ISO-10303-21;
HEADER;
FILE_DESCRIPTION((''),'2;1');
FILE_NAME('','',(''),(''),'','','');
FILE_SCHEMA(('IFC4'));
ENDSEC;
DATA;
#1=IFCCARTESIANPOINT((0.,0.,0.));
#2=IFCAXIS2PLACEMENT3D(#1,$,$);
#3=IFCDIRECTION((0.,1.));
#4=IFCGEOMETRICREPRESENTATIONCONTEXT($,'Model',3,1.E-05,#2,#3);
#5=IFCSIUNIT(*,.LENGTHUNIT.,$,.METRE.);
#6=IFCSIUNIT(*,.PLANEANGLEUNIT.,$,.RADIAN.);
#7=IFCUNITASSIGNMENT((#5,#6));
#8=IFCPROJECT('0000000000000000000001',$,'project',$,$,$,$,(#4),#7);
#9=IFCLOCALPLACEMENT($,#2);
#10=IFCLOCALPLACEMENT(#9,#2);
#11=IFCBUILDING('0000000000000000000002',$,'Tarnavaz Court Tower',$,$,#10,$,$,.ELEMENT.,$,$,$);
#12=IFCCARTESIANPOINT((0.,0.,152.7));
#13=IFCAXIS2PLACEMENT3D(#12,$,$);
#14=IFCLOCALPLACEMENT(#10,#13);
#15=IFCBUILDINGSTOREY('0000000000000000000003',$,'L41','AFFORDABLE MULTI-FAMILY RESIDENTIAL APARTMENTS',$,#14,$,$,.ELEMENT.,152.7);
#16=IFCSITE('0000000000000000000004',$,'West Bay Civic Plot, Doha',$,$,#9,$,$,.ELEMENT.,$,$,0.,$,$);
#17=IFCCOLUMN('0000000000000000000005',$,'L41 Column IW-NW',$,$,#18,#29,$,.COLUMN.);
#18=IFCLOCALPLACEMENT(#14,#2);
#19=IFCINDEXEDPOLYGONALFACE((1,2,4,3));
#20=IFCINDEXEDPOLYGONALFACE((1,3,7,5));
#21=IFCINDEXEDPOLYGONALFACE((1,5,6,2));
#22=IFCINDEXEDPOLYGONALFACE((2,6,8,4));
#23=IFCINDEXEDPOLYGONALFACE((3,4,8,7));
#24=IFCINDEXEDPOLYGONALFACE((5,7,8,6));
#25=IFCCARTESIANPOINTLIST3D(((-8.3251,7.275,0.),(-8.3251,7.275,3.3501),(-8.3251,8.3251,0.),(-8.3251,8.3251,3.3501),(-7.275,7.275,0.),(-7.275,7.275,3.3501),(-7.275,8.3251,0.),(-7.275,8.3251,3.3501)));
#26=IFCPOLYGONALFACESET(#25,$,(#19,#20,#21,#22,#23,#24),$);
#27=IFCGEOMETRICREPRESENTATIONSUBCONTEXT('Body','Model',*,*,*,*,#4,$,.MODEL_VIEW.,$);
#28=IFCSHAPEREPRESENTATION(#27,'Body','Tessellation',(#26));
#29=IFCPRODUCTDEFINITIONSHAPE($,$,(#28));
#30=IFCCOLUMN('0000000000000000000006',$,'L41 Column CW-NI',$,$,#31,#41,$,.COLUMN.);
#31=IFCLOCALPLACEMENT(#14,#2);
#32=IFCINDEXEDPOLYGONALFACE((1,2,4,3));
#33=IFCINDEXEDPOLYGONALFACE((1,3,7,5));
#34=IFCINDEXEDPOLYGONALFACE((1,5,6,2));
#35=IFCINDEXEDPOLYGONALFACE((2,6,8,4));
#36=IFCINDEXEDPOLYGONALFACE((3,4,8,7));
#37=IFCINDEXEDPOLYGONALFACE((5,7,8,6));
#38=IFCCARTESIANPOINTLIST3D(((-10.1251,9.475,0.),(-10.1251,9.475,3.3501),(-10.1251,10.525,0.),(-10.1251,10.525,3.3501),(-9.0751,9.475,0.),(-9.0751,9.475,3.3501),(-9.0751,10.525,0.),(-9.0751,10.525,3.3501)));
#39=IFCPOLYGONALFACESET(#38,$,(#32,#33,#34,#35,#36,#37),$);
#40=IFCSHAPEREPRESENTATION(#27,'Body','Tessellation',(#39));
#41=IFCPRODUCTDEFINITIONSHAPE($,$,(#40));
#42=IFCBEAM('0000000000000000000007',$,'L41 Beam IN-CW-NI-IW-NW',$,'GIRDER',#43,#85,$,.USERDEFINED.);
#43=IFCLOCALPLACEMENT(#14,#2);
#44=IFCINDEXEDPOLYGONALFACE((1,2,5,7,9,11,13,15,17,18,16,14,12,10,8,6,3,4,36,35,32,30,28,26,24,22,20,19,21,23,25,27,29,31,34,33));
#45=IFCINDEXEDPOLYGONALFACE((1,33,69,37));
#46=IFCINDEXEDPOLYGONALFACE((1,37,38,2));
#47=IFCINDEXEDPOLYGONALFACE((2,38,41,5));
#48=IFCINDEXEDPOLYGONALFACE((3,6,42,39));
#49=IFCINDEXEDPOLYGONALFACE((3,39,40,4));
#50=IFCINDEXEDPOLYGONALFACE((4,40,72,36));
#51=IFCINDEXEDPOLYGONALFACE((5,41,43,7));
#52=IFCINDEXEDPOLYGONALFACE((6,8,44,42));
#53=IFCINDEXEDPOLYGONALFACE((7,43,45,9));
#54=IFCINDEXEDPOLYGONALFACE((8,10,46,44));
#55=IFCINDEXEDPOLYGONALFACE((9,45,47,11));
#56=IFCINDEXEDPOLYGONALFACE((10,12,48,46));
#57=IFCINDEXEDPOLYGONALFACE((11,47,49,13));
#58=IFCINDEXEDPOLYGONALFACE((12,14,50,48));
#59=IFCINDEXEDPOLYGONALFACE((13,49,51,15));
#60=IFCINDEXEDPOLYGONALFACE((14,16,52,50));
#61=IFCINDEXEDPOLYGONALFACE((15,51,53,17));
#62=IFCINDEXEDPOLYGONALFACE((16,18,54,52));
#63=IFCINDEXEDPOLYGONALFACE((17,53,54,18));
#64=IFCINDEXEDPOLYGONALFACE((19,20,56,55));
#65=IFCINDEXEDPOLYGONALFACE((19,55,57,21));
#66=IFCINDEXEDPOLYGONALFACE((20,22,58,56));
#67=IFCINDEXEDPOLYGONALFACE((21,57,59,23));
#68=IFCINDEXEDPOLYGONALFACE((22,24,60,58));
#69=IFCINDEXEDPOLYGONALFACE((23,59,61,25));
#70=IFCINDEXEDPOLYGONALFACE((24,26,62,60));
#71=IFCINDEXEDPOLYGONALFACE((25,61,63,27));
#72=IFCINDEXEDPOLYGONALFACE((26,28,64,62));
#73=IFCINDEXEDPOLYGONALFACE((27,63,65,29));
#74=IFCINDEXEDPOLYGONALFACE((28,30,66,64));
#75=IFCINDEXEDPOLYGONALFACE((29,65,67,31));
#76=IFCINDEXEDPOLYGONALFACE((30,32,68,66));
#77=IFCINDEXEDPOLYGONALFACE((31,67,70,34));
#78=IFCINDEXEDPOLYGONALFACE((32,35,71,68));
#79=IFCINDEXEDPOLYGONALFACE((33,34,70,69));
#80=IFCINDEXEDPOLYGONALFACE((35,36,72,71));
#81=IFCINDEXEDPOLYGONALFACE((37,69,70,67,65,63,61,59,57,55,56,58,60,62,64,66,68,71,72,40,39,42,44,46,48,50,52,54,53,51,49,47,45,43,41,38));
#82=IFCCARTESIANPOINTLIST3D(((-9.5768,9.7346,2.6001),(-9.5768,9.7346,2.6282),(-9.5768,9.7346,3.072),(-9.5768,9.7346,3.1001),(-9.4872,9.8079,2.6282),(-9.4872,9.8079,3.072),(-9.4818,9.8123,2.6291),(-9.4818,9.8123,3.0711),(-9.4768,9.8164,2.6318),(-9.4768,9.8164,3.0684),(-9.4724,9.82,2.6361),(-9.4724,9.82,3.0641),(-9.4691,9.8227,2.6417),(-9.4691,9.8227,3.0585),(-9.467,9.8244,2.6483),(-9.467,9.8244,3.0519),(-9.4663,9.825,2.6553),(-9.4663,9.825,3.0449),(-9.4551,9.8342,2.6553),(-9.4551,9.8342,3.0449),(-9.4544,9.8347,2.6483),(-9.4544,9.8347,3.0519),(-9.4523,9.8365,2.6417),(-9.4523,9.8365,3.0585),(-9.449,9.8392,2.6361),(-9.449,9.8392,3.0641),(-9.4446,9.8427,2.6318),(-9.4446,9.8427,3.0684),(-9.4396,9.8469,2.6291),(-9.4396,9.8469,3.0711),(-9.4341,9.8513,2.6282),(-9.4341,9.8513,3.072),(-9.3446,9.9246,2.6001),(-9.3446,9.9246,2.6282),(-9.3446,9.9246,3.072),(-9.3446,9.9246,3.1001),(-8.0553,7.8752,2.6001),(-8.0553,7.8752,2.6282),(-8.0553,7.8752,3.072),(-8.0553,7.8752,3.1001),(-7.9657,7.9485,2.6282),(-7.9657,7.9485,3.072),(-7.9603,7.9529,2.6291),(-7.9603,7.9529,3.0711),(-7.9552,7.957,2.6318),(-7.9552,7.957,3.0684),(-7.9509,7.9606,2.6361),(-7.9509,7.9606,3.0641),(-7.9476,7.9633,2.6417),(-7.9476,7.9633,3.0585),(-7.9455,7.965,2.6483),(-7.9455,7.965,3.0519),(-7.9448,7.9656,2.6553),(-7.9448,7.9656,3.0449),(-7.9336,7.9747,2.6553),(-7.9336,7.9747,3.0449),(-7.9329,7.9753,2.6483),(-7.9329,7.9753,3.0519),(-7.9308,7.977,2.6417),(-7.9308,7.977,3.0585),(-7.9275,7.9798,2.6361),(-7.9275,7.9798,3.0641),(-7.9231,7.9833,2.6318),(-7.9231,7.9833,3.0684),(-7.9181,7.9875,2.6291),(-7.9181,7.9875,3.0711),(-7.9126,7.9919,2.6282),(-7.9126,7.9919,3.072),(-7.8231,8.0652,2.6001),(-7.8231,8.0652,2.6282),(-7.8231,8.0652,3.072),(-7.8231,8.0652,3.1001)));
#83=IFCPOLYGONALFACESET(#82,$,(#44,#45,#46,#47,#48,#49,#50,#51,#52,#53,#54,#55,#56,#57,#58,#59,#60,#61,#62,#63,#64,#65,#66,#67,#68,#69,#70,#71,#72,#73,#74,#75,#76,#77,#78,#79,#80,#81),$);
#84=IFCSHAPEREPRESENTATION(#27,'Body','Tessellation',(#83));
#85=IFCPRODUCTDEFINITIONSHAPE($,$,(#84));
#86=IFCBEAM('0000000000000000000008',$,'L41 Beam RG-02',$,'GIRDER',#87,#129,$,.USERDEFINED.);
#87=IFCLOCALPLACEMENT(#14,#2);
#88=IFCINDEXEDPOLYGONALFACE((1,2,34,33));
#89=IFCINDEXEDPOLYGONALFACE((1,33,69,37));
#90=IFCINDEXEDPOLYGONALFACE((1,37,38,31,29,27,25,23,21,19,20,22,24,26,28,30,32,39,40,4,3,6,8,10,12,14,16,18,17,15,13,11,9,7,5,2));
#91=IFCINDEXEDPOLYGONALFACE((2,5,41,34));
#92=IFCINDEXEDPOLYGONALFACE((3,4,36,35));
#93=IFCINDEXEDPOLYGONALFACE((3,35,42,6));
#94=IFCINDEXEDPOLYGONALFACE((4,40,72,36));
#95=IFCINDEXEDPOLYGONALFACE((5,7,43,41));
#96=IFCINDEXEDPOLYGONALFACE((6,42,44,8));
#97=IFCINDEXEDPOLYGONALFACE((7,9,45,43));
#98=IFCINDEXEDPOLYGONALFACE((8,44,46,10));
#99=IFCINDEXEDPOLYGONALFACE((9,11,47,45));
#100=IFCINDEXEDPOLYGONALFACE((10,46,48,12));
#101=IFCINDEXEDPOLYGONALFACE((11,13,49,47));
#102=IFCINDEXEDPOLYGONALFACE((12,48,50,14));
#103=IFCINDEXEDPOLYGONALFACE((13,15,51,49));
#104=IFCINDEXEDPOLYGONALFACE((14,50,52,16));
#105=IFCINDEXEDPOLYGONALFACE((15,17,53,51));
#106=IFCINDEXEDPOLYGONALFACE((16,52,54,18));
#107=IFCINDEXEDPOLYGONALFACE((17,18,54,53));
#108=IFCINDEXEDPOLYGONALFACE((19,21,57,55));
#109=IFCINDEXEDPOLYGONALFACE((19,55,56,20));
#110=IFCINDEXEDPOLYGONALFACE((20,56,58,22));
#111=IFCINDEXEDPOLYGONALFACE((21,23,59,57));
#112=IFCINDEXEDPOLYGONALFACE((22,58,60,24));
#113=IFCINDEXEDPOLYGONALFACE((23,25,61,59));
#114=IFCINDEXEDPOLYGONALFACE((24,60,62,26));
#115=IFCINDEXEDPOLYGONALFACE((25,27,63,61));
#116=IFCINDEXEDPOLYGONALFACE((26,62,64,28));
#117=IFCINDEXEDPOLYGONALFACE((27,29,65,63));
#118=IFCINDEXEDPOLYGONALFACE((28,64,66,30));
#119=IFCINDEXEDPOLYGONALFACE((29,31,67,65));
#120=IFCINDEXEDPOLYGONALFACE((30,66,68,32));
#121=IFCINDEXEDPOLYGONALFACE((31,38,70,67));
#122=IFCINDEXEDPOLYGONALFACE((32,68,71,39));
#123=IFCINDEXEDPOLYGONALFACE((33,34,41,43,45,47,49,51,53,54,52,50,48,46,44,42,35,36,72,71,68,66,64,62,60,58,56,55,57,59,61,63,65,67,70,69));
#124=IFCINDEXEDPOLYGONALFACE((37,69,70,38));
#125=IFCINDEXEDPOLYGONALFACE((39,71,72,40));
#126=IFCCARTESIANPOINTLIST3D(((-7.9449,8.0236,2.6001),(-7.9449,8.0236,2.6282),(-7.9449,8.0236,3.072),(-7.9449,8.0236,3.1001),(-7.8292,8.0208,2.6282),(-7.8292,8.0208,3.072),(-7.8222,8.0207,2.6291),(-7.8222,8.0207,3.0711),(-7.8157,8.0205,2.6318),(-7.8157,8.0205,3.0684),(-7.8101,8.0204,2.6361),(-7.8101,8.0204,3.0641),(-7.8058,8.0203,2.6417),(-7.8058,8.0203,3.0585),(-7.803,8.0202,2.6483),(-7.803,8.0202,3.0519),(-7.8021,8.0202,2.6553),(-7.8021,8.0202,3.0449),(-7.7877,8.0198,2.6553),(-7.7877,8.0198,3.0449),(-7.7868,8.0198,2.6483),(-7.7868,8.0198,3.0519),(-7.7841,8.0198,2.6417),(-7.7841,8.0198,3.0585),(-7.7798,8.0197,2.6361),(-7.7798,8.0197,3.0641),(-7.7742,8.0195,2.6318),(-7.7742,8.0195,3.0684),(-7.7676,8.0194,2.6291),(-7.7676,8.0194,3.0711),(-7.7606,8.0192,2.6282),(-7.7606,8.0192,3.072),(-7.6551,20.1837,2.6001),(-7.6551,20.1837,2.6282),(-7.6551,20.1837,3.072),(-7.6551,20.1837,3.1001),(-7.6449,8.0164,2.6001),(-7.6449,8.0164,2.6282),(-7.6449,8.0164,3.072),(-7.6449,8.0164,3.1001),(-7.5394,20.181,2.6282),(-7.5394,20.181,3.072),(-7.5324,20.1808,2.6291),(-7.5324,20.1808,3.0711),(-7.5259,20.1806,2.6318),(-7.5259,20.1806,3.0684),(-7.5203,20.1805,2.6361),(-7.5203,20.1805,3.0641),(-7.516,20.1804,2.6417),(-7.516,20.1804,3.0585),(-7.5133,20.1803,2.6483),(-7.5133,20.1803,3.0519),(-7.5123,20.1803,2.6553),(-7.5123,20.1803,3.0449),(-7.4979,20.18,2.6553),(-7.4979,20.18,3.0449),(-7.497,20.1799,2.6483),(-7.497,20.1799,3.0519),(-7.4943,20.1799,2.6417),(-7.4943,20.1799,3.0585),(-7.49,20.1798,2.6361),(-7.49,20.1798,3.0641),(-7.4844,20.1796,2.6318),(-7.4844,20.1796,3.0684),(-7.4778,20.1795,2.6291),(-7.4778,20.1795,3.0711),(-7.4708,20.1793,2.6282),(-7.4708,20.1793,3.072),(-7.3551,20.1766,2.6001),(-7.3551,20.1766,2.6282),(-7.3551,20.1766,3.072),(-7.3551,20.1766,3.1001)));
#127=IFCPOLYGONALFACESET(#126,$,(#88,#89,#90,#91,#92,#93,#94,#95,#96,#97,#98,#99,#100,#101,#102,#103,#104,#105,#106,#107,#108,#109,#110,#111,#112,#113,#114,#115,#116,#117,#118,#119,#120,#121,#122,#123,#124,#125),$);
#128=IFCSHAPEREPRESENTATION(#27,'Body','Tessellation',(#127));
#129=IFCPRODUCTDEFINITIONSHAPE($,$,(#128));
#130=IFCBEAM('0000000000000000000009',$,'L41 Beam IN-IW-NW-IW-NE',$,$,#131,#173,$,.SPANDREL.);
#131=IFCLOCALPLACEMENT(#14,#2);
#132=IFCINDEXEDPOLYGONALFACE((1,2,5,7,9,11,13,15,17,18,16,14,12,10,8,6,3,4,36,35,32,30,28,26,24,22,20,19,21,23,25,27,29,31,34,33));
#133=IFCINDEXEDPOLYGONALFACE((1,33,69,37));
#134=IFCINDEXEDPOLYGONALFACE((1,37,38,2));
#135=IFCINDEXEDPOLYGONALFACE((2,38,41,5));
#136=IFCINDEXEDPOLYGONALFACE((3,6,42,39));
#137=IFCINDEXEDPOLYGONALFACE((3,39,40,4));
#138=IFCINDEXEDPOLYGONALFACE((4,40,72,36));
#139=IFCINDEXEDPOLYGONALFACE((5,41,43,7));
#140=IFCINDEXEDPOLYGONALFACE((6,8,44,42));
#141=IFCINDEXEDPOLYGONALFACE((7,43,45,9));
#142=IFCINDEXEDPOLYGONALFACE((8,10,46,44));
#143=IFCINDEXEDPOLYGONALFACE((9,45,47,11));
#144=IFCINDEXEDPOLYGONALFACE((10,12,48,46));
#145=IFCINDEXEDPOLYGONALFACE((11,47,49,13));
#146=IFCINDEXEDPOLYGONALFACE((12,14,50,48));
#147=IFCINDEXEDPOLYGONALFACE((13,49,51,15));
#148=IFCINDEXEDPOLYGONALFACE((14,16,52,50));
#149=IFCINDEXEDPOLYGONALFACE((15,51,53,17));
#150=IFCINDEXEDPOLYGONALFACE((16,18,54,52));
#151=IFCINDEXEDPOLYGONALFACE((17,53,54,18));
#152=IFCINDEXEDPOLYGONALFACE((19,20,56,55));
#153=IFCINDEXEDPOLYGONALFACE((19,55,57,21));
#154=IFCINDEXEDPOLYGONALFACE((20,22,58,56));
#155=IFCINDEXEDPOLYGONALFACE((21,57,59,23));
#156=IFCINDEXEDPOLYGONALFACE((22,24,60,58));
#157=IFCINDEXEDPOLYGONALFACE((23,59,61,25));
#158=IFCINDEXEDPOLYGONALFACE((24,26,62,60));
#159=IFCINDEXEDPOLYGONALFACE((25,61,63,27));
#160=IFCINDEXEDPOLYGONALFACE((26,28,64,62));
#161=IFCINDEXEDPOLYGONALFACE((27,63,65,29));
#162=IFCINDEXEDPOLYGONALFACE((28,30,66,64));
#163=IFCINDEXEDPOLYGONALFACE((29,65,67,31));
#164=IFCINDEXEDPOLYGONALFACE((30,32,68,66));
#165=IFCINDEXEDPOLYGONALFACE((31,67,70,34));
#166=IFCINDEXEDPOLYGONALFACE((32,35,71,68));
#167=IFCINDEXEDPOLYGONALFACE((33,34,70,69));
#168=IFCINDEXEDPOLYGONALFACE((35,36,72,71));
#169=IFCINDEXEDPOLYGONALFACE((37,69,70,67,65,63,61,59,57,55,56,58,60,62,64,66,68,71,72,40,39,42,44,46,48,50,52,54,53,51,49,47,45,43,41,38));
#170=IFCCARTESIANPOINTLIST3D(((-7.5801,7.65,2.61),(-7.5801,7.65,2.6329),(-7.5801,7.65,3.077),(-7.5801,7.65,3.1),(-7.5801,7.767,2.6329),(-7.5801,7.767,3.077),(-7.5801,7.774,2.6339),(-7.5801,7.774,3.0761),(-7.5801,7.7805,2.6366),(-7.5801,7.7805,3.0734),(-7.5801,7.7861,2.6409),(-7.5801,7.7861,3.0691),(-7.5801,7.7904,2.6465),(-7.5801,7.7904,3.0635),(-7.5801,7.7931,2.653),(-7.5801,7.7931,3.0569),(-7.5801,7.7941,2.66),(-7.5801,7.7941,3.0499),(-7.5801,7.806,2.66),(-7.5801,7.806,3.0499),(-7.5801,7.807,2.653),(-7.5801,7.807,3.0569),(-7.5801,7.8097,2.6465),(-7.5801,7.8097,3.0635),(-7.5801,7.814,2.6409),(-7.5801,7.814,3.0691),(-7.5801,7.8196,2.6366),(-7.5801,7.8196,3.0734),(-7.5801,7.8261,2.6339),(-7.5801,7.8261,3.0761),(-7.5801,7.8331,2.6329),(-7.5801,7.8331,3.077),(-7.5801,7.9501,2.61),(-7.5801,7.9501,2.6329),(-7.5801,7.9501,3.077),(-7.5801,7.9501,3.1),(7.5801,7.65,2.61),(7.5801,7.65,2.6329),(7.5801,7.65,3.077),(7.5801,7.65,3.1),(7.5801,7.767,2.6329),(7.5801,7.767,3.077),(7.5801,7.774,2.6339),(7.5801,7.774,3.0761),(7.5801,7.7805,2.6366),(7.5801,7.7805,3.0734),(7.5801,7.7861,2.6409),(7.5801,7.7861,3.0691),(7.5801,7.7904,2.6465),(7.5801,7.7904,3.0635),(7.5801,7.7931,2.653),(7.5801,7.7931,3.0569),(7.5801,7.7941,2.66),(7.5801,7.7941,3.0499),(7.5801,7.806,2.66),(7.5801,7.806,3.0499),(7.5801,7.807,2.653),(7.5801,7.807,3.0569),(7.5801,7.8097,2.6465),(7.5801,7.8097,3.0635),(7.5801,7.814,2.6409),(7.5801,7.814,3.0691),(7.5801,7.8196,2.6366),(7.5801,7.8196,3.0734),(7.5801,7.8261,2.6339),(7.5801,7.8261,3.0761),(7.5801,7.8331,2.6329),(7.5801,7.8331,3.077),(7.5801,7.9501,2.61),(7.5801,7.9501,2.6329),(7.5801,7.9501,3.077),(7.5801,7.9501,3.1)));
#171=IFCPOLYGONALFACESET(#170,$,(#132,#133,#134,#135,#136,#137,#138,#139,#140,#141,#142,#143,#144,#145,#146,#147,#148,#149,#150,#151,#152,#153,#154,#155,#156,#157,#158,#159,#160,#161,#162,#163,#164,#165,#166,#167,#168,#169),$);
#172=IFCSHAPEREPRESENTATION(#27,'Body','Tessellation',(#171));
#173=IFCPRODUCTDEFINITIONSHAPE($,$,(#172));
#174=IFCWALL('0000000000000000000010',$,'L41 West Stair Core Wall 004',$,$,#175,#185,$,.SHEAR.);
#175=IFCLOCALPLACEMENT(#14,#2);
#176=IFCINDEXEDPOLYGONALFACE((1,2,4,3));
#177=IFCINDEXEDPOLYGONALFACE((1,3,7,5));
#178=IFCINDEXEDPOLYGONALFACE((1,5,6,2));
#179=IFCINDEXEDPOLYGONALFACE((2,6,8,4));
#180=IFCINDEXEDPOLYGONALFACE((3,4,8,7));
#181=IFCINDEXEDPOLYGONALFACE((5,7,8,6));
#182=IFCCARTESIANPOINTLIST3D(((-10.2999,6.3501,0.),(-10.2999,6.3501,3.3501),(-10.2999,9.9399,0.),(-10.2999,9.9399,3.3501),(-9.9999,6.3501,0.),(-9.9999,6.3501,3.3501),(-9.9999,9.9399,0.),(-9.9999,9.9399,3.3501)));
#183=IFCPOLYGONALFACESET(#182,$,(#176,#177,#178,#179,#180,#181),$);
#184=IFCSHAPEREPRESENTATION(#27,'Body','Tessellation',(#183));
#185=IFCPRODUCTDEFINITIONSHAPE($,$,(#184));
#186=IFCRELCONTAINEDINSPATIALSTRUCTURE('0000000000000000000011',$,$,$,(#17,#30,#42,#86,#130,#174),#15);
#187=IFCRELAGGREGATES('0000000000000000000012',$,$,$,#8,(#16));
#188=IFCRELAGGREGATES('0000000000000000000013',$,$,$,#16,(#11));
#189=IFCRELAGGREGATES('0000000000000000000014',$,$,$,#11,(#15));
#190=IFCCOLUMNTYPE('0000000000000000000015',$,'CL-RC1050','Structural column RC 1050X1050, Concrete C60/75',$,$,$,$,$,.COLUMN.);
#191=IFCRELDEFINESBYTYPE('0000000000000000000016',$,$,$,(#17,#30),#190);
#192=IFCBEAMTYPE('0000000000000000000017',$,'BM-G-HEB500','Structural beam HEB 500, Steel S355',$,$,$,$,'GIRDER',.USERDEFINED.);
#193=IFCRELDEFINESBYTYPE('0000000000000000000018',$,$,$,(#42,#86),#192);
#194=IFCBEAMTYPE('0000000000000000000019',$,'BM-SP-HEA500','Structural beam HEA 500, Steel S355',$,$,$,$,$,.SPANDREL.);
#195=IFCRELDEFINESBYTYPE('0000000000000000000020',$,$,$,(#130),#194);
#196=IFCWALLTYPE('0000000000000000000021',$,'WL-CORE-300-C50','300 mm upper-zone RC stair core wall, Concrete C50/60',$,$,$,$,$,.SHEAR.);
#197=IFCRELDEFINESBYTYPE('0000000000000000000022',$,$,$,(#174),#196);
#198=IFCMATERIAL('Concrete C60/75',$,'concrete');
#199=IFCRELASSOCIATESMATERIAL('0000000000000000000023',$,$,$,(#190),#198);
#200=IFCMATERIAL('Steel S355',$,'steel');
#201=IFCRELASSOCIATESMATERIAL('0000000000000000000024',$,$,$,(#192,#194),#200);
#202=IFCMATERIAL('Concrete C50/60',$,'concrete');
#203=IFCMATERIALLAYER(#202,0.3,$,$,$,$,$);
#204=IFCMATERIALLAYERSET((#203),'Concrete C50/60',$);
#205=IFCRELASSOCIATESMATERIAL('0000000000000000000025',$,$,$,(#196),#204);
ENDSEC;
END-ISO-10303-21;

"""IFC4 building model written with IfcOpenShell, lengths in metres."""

from ifc_helpers import new_model, si_unit, direction, frame, frame_2d, origin, origin_2d, place, context, subcontext, project, spatial, rectangle, i_section, extrude, material, layer, layer_set, material_profile, profile_set, type_object, element, save


model = new_model("IFC4")

# Units and contexts
model_context = context("Model", 3, precision=1e-05, world=origin(), true_north=direction((0.0, 1.0)))
body_context = subcontext(model_context, "Body", "Model", "MODEL_VIEW")
ifc_project = project(units=[si_unit("LENGTHUNIT", "METRE"), si_unit("PLANEANGLEUNIT", "RADIAN")], contexts=[model_context])

# Site, building, storey
site_placement = place(None, origin())
site = spatial("IfcSite", under=ifc_project, at=site_placement, Name="West Bay Civic Plot, Doha", CompositionType="ELEMENT", RefElevation=0.0)
building_placement = place(site_placement, origin())
building = spatial("IfcBuilding", under=site, at=building_placement, Name="Tarnavaz Court Tower", CompositionType="ELEMENT")
storey_placement = place(building_placement, frame((0.0, 0.0, 152.7)))
storey = spatial("IfcBuildingStorey", under=building, at=storey_placement, Name="L41", Description="AFFORDABLE MULTI-FAMILY RESIDENTIAL APARTMENTS", CompositionType="ELEMENT", Elevation=152.7)

# Columns
ifc_material_1 = material(Name="Concrete C60/75", Category="concrete")
ifc_material_profile_1 = material_profile(ifc_material_1, rectangle(XDim=1.05, YDim=1.05, at=origin_2d()), Name="RC 1050X1050")
ifc_profile_set_1 = profile_set([ifc_material_profile_1], Name="Concrete C60/75")
column_type = type_object("IfcColumnType", Name="CL-RC1050", Description="Structural column RC 1050X1050, Concrete C60/75", PredefinedType="COLUMN", material=ifc_profile_set_1)
for number, where, z_axis, x_axis, name in (
    (1, (-7.8, 7.8, 0.0), (0.0, 0.0, 1.0), (1.0, 0.0, 0.0), "L41 Column IW-NW"),
    (2, (-9.6001, 10.0, 0.0), (0.0, 0.0, 1.0), (1.0, 0.0, 0.0), "L41 Column CW-NI"),
):
    element("IfcColumn", number, at=place(storey_placement, frame(where, z_axis=z_axis, x_axis=x_axis)), inside=storey, type_object=column_type, Name=name, PredefinedType="COLUMN", context=body_context, shape_type="SweptSolid", body=[
        extrude(rectangle(XDim=1.05, YDim=1.05, at=origin_2d()), origin(), (0.0, 0.0, 1.0), 3.3501),
    ])

# Beams
ifc_material_2 = material(Name="Steel S355", Category="steel")
ifc_material_profile_2 = material_profile(ifc_material_2, i_section(OverallWidth=0.3, OverallDepth=0.5, WebThickness=0.0144, FlangeThickness=0.0281, FilletRadius=0.0271, at=origin_2d()), Name="HEB 500")
ifc_profile_set_2 = profile_set([ifc_material_profile_2], Name="Steel S355")
beam_type_1 = type_object("IfcBeamType", Name="BM-G-HEB500", Description="Structural beam HEB 500, Steel S355", ElementType="GIRDER", PredefinedType="USERDEFINED", material=ifc_profile_set_2)
beam_1_placement = place(storey_placement, frame((-9.4607, 9.8296, 2.8501), z_axis=(0.633282, -0.773921, 0.0), x_axis=(0.773921, 0.633282, 0.0)))
element("IfcBeam", 3, at=beam_1_placement, inside=storey, type_object=beam_type_1, Name="L41 Beam IN-CW-NI-IW-NW", ObjectType="GIRDER", PredefinedType="USERDEFINED", context=body_context, shape_type="SweptSolid", body=[
    extrude(i_section(OverallWidth=0.3, OverallDepth=0.5, WebThickness=0.0144, FlangeThickness=0.0281, FilletRadius=0.0271, at=origin_2d()), origin(), (0.0, 0.0, 1.0), 2.4026),
])
beam_2_placement = place(storey_placement, frame((-7.7949, 8.02, 2.8501), z_axis=(0.023825, 0.999716, 0.0), x_axis=(-0.999716, 0.023825, 0.0)))
element("IfcBeam", 4, at=beam_2_placement, inside=storey, type_object=beam_type_1, Name="L41 Beam RG-02", ObjectType="GIRDER", PredefinedType="USERDEFINED", context=body_context, shape_type="SweptSolid", body=[
    extrude(i_section(OverallWidth=0.3, OverallDepth=0.5, WebThickness=0.0144, FlangeThickness=0.0281, FilletRadius=0.0271, at=origin_2d()), origin(), (0.0, 0.0, 1.0), 12.1636),
])
ifc_material_profile_3 = material_profile(ifc_material_2, i_section(OverallWidth=0.3, OverallDepth=0.49, WebThickness=0.012, FlangeThickness=0.0229, FilletRadius=0.0271, at=origin_2d()), Name="HEA 500")
ifc_profile_set_3 = profile_set([ifc_material_profile_3], Name="Steel S355")
beam_type_2 = type_object("IfcBeamType", Name="BM-SP-HEA500", Description="Structural beam HEA 500, Steel S355", PredefinedType="SPANDREL", material=ifc_profile_set_3)
beam_3_placement = place(storey_placement, frame((-7.5801, 7.8, 2.855), z_axis=(1.0, 0.0, 0.0), x_axis=(0.0, 1.0, 0.0)))
element("IfcBeam", 5, at=beam_3_placement, inside=storey, type_object=beam_type_2, Name="L41 Beam IN-IW-NW-IW-NE", PredefinedType="SPANDREL", context=body_context, shape_type="SweptSolid", body=[
    extrude(i_section(OverallWidth=0.3, OverallDepth=0.49, WebThickness=0.012, FlangeThickness=0.0229, FilletRadius=0.0271, at=origin_2d()), origin(), (0.0, 0.0, 1.0), 15.1602),
])

# Wall
ifc_material_3 = material(Name="Concrete C50/60", Category="concrete")
ifc_layer_1 = layer(ifc_material_3, 0.3)
ifc_layer_set_1 = layer_set([ifc_layer_1], Name="Concrete C50/60")
wall_type_1 = type_object("IfcWallType", Name="WL-CORE-300-C50", Description="300 mm upper-zone RC stair core wall, Concrete C50/60", PredefinedType="SHEAR", material=ifc_layer_set_1)
wall_1_placement = place(storey_placement, frame((-10.1499, 6.3501, 0.0), z_axis=(0.0, 0.0, 1.0), x_axis=(0.0, 1.0, 0.0)))
element("IfcWall", 6, at=wall_1_placement, inside=storey, type_object=wall_type_1, Name="L41 West Stair Core Wall 004", PredefinedType="SHEAR", context=body_context, shape_type="SweptSolid", body=[
    extrude(rectangle(XDim=3.5898, YDim=0.3, at=frame_2d((1.7949, 0.0))), origin(), (0.0, 0.0, 1.0), 3.3501),
])

save(model, "model.ifc")
